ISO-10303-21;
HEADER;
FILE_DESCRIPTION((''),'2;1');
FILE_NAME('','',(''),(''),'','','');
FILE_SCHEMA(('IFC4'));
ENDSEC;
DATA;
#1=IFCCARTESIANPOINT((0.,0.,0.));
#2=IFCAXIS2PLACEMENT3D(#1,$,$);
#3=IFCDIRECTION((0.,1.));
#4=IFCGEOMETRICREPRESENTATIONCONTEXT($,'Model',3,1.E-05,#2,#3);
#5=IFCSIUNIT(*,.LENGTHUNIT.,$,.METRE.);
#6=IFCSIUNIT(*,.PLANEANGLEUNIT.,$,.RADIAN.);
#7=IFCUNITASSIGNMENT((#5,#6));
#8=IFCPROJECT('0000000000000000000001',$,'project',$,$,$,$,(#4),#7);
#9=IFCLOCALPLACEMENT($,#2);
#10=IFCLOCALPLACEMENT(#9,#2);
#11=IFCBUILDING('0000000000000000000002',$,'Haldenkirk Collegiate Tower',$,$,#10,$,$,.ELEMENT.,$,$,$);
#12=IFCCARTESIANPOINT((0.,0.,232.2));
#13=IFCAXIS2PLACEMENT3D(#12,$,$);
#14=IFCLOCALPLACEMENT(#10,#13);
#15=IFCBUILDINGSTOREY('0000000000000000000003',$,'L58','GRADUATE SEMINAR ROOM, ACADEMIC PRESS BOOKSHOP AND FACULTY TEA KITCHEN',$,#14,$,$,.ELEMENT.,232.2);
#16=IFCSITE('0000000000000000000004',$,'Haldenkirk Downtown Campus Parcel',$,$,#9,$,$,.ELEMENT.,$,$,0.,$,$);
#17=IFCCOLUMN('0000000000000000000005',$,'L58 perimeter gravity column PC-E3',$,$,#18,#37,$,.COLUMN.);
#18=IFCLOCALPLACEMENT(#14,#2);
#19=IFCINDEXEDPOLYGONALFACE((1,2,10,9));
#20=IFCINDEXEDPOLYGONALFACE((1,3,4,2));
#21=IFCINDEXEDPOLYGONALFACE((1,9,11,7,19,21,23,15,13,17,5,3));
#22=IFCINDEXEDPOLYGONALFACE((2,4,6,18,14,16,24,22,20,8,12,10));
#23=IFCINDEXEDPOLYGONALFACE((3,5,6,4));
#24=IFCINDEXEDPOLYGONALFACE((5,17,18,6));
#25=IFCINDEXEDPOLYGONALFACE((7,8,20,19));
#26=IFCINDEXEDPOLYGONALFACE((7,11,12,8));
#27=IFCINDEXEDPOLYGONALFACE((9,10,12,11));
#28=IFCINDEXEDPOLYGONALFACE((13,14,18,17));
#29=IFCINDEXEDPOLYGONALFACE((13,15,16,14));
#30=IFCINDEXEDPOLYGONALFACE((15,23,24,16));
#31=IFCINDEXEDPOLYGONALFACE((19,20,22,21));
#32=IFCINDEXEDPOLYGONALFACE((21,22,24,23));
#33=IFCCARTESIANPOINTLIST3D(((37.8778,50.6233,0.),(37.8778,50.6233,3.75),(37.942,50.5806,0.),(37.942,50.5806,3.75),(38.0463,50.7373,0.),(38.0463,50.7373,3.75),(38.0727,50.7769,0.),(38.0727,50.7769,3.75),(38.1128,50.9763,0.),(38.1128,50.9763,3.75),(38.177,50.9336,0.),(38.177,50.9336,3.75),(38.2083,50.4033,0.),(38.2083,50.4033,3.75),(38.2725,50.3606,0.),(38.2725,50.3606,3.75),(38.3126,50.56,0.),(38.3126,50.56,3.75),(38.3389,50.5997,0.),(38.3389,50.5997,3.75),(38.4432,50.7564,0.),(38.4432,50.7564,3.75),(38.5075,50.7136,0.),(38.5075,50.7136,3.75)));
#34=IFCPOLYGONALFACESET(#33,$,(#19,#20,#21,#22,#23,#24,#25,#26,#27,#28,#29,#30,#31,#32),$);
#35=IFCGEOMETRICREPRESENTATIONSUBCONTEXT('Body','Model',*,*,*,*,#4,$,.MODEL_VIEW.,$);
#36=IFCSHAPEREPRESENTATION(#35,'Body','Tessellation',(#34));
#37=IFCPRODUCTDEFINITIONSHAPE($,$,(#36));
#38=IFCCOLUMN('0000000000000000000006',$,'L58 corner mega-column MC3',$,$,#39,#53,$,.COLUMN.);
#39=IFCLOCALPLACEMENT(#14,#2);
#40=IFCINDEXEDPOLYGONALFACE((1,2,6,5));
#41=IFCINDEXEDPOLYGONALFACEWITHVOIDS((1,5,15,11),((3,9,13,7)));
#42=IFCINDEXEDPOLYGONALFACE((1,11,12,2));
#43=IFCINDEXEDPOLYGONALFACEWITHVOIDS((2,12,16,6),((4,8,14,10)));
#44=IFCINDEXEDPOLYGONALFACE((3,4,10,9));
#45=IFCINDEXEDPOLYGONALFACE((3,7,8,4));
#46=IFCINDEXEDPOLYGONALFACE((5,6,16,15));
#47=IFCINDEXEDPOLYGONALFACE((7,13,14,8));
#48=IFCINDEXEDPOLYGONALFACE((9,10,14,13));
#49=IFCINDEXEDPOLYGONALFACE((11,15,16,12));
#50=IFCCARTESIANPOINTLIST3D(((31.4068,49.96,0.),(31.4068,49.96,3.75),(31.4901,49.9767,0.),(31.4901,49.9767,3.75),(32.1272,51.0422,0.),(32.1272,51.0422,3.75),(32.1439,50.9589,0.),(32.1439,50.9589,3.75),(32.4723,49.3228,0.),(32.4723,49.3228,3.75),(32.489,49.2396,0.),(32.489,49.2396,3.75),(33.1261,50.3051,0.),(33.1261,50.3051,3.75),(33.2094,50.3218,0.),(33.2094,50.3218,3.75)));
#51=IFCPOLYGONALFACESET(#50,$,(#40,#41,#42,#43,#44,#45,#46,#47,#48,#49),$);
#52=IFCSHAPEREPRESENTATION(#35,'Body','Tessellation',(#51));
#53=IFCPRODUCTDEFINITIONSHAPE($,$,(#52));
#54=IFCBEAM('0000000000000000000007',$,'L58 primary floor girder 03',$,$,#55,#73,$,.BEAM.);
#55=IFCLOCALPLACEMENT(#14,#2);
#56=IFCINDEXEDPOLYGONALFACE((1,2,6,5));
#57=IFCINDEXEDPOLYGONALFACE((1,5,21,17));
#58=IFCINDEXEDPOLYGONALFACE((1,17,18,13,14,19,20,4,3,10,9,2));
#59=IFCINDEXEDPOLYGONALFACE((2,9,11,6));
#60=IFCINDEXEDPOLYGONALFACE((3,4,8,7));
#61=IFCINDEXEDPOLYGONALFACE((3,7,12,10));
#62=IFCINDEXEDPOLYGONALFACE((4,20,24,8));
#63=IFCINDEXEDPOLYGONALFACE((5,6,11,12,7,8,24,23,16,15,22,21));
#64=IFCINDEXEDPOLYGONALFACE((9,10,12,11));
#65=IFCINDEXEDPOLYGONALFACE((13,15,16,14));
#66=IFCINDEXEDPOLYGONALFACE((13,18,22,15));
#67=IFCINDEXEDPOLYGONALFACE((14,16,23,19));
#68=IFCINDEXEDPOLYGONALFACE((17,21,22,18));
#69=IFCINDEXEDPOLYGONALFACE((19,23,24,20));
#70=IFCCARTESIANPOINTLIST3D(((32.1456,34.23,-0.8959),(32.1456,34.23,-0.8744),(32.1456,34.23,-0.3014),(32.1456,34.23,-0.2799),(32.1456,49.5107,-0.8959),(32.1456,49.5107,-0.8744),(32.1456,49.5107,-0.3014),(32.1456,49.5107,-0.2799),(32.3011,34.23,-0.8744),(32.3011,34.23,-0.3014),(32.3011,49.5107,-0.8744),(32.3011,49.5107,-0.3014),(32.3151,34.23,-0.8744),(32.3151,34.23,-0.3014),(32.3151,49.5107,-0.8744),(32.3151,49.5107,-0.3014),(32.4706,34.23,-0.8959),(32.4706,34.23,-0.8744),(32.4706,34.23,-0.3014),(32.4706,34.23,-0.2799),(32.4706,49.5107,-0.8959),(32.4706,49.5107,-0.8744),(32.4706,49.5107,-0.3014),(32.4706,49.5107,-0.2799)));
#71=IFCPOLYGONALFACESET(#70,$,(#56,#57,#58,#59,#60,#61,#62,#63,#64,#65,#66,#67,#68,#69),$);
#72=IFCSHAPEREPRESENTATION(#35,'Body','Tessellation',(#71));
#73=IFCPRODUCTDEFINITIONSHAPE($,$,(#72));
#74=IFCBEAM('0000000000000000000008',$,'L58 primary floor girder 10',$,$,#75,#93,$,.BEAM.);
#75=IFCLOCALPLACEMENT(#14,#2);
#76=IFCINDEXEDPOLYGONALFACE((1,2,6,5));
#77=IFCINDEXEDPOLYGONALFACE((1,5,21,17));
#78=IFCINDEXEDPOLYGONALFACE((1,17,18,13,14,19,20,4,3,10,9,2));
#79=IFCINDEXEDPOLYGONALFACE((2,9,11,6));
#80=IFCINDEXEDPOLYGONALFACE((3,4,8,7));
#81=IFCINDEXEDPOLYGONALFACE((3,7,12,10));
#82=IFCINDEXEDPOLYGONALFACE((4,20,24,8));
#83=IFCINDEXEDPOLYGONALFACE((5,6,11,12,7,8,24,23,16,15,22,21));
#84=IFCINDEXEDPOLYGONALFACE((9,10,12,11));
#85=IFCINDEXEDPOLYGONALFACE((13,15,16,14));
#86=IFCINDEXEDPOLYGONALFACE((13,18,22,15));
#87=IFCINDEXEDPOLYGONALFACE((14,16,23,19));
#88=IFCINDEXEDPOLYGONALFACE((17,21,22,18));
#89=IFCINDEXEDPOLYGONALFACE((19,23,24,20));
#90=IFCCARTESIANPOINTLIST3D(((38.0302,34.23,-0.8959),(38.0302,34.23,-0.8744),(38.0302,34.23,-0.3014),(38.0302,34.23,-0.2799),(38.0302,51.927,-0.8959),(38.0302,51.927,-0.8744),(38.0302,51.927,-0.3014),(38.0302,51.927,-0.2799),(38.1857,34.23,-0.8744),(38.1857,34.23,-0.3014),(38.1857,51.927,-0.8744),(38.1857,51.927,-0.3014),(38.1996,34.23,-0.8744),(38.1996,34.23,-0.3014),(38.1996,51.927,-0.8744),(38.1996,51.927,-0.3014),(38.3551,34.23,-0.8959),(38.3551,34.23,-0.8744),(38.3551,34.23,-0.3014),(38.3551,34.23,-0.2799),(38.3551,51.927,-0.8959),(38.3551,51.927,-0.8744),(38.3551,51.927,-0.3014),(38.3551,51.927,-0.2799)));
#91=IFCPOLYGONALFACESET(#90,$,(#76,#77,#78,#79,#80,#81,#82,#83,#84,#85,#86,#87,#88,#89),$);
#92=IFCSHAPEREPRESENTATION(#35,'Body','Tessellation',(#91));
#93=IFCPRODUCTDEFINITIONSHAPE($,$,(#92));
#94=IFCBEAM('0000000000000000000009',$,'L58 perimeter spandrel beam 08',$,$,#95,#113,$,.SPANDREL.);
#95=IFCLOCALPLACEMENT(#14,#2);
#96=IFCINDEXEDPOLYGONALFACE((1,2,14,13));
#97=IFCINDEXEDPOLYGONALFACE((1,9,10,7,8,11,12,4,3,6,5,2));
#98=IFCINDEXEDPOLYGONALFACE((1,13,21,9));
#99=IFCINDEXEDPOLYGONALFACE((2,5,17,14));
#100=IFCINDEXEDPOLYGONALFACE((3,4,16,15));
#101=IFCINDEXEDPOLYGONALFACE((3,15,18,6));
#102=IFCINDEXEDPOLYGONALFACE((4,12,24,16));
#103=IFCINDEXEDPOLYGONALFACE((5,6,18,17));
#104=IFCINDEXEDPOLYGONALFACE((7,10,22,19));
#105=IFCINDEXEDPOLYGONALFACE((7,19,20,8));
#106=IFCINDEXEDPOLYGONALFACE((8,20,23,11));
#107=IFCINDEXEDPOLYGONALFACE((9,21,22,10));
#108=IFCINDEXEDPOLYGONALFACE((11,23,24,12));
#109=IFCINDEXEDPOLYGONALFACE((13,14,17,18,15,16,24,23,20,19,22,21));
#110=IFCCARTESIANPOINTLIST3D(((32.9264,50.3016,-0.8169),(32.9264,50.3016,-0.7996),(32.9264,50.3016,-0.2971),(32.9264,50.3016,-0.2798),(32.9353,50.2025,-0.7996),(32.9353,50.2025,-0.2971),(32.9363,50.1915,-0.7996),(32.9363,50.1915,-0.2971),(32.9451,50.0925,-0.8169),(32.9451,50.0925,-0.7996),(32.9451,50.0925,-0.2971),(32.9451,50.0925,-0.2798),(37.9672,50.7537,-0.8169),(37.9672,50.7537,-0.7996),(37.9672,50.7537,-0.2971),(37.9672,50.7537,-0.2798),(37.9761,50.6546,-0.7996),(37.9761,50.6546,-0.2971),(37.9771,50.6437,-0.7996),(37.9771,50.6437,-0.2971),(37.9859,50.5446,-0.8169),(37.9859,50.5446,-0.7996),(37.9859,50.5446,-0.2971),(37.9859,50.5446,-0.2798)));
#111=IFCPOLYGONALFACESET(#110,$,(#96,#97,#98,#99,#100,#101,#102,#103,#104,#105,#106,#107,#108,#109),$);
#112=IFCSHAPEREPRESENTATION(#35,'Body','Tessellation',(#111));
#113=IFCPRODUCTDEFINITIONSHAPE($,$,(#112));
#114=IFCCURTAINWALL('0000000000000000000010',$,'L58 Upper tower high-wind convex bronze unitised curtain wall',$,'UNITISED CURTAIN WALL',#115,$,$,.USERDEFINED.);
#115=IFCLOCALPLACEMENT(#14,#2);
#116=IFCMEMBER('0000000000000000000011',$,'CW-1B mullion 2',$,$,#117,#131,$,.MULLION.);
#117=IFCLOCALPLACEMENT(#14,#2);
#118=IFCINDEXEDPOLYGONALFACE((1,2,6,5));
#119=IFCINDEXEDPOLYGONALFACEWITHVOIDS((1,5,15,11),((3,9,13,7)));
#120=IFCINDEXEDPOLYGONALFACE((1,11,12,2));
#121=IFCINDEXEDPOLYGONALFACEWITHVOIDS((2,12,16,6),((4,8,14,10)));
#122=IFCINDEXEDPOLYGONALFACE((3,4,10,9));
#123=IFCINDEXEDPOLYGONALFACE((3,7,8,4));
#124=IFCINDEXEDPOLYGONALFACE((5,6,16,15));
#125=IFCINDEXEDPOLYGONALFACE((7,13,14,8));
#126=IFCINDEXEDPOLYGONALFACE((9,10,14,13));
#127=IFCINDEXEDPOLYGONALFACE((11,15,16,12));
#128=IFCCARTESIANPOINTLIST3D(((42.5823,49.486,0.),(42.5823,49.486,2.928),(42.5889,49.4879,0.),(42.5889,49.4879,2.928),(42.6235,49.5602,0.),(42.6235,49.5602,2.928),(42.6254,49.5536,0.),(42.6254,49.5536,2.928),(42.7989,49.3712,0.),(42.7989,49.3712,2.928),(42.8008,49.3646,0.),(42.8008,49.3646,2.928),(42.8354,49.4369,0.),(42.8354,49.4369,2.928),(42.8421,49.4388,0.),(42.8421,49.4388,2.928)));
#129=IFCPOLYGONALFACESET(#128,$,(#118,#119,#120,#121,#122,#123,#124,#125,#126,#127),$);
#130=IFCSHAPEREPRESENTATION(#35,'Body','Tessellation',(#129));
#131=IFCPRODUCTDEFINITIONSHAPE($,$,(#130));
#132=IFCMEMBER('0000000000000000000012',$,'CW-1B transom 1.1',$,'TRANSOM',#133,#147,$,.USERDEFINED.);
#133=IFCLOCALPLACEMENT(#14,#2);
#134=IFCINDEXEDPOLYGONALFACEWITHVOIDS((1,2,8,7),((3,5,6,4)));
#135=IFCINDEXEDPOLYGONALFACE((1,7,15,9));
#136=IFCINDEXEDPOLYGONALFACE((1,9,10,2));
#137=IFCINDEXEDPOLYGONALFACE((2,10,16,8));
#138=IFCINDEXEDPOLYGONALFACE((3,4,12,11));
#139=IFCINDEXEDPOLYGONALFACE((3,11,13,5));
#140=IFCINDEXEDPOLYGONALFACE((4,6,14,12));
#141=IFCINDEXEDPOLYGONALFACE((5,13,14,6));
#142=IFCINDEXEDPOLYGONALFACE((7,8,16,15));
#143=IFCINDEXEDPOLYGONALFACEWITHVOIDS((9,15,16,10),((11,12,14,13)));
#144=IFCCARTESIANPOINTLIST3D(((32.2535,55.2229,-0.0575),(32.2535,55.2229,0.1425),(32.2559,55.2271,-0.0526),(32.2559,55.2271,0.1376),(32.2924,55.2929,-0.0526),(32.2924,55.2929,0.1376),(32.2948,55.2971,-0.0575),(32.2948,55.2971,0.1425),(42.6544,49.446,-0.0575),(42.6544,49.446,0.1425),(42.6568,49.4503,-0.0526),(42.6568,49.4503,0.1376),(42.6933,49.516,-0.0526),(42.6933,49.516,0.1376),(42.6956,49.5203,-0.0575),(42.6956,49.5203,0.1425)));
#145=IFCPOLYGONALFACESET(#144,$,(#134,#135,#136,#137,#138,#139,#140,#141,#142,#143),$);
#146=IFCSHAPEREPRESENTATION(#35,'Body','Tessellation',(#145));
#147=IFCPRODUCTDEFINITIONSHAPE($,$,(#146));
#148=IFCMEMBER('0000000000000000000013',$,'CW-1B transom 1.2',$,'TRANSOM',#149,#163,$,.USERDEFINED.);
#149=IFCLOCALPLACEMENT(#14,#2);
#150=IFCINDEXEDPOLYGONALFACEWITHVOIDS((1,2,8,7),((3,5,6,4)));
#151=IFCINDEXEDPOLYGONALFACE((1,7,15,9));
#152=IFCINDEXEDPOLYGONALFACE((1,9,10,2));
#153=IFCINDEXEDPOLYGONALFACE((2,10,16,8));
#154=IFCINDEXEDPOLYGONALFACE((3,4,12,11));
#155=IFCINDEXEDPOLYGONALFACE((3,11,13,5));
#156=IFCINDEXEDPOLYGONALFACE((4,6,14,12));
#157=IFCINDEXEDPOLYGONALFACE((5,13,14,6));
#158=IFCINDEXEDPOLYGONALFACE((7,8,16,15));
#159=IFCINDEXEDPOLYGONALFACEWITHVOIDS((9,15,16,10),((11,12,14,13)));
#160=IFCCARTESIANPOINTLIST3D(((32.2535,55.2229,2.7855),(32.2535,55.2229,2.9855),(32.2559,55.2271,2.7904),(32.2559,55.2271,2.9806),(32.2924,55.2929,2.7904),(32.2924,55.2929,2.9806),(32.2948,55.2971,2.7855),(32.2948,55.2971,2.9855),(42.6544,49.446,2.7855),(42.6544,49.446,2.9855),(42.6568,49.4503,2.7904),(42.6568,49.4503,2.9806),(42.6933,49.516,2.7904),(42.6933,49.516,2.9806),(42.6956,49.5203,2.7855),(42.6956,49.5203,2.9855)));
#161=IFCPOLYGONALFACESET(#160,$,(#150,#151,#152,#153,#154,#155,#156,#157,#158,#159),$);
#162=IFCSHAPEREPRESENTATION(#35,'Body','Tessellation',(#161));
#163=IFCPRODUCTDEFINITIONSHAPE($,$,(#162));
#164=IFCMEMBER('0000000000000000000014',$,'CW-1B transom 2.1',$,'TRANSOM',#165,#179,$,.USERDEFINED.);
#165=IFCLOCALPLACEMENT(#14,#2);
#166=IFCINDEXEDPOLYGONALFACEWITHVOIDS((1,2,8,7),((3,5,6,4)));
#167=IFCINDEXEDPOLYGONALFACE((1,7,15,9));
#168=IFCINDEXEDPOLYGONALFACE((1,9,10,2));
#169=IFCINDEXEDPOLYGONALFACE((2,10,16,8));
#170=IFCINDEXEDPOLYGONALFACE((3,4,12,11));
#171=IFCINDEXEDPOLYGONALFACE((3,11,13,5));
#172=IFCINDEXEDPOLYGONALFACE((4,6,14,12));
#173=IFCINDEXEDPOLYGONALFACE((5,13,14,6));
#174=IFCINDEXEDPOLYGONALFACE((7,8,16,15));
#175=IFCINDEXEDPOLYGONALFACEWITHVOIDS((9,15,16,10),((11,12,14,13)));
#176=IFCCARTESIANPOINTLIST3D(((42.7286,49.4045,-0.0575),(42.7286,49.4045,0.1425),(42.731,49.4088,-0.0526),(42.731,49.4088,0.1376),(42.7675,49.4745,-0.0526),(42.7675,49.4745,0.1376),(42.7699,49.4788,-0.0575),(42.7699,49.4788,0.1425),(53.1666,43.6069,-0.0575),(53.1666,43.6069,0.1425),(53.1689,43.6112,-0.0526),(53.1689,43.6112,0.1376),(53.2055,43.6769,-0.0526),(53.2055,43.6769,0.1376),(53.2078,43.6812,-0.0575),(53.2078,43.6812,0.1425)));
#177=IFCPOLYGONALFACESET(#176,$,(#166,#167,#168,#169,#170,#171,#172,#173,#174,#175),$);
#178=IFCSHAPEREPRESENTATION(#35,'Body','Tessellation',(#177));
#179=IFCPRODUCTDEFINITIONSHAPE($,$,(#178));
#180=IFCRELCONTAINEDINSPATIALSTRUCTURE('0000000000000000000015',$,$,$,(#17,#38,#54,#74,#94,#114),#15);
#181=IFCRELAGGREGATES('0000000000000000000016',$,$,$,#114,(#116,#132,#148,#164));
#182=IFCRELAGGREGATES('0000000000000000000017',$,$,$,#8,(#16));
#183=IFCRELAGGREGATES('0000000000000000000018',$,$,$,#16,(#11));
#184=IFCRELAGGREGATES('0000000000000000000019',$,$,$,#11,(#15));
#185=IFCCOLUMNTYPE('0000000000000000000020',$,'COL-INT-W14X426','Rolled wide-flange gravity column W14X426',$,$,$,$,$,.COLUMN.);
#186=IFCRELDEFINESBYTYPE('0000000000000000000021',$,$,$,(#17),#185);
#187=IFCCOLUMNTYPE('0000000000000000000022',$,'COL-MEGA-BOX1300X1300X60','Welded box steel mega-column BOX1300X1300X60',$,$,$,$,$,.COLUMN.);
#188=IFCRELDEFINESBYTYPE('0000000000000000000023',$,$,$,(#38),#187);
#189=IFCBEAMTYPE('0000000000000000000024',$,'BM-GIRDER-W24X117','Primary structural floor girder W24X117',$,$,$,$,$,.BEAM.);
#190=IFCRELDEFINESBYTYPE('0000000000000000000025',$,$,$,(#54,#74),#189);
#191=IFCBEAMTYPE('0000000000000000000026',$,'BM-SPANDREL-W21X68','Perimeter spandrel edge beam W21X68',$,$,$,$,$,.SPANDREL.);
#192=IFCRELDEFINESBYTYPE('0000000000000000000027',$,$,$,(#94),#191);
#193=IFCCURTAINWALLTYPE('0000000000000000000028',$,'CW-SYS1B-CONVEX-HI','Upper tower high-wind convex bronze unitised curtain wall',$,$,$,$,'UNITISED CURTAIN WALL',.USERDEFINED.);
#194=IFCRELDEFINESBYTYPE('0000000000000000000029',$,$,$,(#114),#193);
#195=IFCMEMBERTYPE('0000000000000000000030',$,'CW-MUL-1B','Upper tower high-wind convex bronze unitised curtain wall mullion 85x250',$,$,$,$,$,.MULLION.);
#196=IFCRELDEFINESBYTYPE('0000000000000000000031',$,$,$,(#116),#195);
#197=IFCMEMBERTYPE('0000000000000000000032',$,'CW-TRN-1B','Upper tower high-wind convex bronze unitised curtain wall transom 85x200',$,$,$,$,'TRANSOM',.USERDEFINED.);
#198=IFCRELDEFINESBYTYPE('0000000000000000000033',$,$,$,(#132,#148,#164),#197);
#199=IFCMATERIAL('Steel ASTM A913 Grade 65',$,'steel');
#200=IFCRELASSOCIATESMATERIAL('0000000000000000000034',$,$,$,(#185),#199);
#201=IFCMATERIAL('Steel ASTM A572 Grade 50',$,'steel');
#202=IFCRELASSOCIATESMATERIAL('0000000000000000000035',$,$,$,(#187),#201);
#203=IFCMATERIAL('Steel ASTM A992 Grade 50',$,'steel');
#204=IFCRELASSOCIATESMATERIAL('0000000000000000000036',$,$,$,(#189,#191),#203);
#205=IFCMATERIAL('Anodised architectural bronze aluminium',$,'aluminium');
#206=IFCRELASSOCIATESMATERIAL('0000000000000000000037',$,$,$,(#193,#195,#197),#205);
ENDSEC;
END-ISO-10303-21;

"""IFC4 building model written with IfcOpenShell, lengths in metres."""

from ifc_helpers import new_model, si_unit, direction, frame, origin, origin_2d, place, context, subcontext, project, spatial, hollow_rectangle, i_section, extrude, material, material_profile, profile_set, type_object, element, aggregate, save


model = new_model("IFC4")

# Units and contexts
model_context = context("Model", 3, precision=1e-05, world=origin(), true_north=direction((0.0, 1.0)))
body_context = subcontext(model_context, "Body", "Model", "MODEL_VIEW")
ifc_project = project(units=[si_unit("LENGTHUNIT", "METRE"), si_unit("PLANEANGLEUNIT", "RADIAN")], contexts=[model_context])

# Site, building, storey
site_placement = place(None, origin())
site = spatial("IfcSite", under=ifc_project, at=site_placement, Name="Haldenkirk Downtown Campus Parcel", CompositionType="ELEMENT", RefElevation=0.0)
building_placement = place(site_placement, origin())
building = spatial("IfcBuilding", under=site, at=building_placement, Name="Haldenkirk Collegiate Tower", CompositionType="ELEMENT")
storey_placement = place(building_placement, frame((0.0, 0.0, 232.2)))
storey = spatial("IfcBuildingStorey", under=building, at=storey_placement, Name="L58", Description="GRADUATE SEMINAR ROOM, ACADEMIC PRESS BOOKSHOP AND FACULTY TEA KITCHEN", CompositionType="ELEMENT", Elevation=232.2)

# Columns
ifc_material_1 = material(Name="Steel ASTM A913 Grade 65", Category="steel")
ifc_material_profile_1 = material_profile(ifc_material_1, i_section(OverallWidth=0.4241, OverallDepth=0.4741, WebThickness=0.0476, FlangeThickness=0.0771, at=origin_2d()), Name="W14X426")
ifc_profile_set_1 = profile_set([ifc_material_profile_1], Name="Steel ASTM A913 Grade 65")
column_type_1 = type_object("IfcColumnType", Name="COL-INT-W14X426", Description="Rolled wide-flange gravity column W14X426", PredefinedType="COLUMN", material=ifc_profile_set_1)
column_1_placement = place(storey_placement, frame((38.1926, 50.6685, 0.0), z_axis=(0.0, 0.0, 1.0), x_axis=(0.554118, 0.832438, 0.0)))
element("IfcColumn", 1, at=column_1_placement, inside=storey, type_object=column_type_1, Name="L58 perimeter gravity column PC-E3", PredefinedType="COLUMN", context=body_context, shape_type="SweptSolid", body=[
    extrude(i_section(OverallWidth=0.4241, OverallDepth=0.4741, WebThickness=0.0476, FlangeThickness=0.0771, at=origin_2d()), origin(), (0.0, 0.0, 1.0), 3.75),
])
ifc_material_2 = material(Name="Steel ASTM A572 Grade 50", Category="steel")
ifc_material_profile_2 = material_profile(ifc_material_2, hollow_rectangle(XDim=1.3, YDim=1.3, WallThickness=0.0601, at=origin_2d()), Name="BOX1300X1300X60")
ifc_profile_set_2 = profile_set([ifc_material_profile_2], Name="Steel ASTM A572 Grade 50")
column_type_2 = type_object("IfcColumnType", Name="COL-MEGA-BOX1300X1300X60", Description="Welded box steel mega-column BOX1300X1300X60", PredefinedType="COLUMN", material=ifc_profile_set_2)
column_2_placement = place(storey_placement, frame((32.3081, 50.1409, 0.0), z_axis=(0.0, 0.0, 1.0), x_axis=(0.554118, 0.832438, 0.0)))
element("IfcColumn", 2, at=column_2_placement, inside=storey, type_object=column_type_2, Name="L58 corner mega-column MC3", PredefinedType="COLUMN", context=body_context, shape_type="SweptSolid", body=[
    extrude(hollow_rectangle(XDim=1.3, YDim=1.3, WallThickness=0.0601, at=origin_2d()), origin(), (0.0, 0.0, 1.0), 3.75),
])

# Beams
ifc_material_3 = material(Name="Steel ASTM A992 Grade 50", Category="steel")
ifc_material_profile_3 = material_profile(ifc_material_3, i_section(OverallWidth=0.325, OverallDepth=0.616, WebThickness=0.0139, FlangeThickness=0.0215, at=origin_2d()), Name="W24X117")
ifc_profile_set_3 = profile_set([ifc_material_profile_3], Name="Steel ASTM A992 Grade 50")
beam_type_1 = type_object("IfcBeamType", Name="BM-GIRDER-W24X117", Description="Primary structural floor girder W24X117", PredefinedType="BEAM", material=ifc_profile_set_3)
beam_1_placement = place(storey_placement, frame((32.3081, 49.5107, -0.5879), z_axis=(0.0, -1.0, 0.0), x_axis=(1.0, 0.0, 0.0)))
element("IfcBeam", 3, at=beam_1_placement, inside=storey, type_object=beam_type_1, Name="L58 primary floor girder 03", PredefinedType="BEAM", context=body_context, shape_type="SweptSolid", body=[
    extrude(i_section(OverallWidth=0.325, OverallDepth=0.616, WebThickness=0.0139, FlangeThickness=0.0215, at=origin_2d()), origin(), (0.0, 0.0, 1.0), 15.2808),
])
beam_2_placement = place(storey_placement, frame((38.1926, 51.927, -0.5879), z_axis=(0.0, -1.0, 0.0), x_axis=(1.0, 0.0, 0.0)))
element("IfcBeam", 4, at=beam_2_placement, inside=storey, type_object=beam_type_1, Name="L58 primary floor girder 10", PredefinedType="BEAM", context=body_context, shape_type="SweptSolid", body=[
    extrude(i_section(OverallWidth=0.325, OverallDepth=0.616, WebThickness=0.0139, FlangeThickness=0.0215, at=origin_2d()), origin(), (0.0, 0.0, 1.0), 17.697),
])
ifc_material_profile_4 = material_profile(ifc_material_3, i_section(OverallWidth=0.21, OverallDepth=0.5371, WebThickness=0.011, FlangeThickness=0.0173, at=origin_2d()), Name="W21X68")
ifc_profile_set_4 = profile_set([ifc_material_profile_4], Name="Steel ASTM A992 Grade 50")
beam_type_2 = type_object("IfcBeamType", Name="BM-SPANDREL-W21X68", Description="Perimeter spandrel edge beam W21X68", PredefinedType="SPANDREL", material=ifc_profile_set_4)
beam_3_placement = place(storey_placement, frame((37.9766, 50.6492, -0.5483), z_axis=(-0.996001, -0.08934, 0.0), x_axis=(0.08934, -0.996001, 0.0)))
element("IfcBeam", 5, at=beam_3_placement, inside=storey, type_object=beam_type_2, Name="L58 perimeter spandrel beam 08", PredefinedType="SPANDREL", context=body_context, shape_type="SweptSolid", body=[
    extrude(i_section(OverallWidth=0.21, OverallDepth=0.5371, WebThickness=0.011, FlangeThickness=0.0173, at=origin_2d()), origin(), (0.0, 0.0, 1.0), 5.061),
])

# Curtain wall, members
ifc_material_4 = material(Name="Anodised architectural bronze aluminium", Category="aluminium")
curtain_wall_type = type_object("IfcCurtainWallType", Name="CW-SYS1B-CONVEX-HI", Description="Upper tower high-wind convex bronze unitised curtain wall", ElementType="UNITISED CURTAIN WALL", PredefinedType="USERDEFINED", material=ifc_material_4)
curtain_wall_placement = place(storey_placement, origin())
curtain_wall = element("IfcCurtainWall", 6, at=curtain_wall_placement, inside=storey, type_object=curtain_wall_type, Name="L58 Upper tower high-wind convex bronze unitised curtain wall", ObjectType="UNITISED CURTAIN WALL", PredefinedType="USERDEFINED")
ifc_material_profile_5 = material_profile(ifc_material_4, hollow_rectangle(XDim=0.085, YDim=0.25, WallThickness=0.0049, at=origin_2d()), Name="CW-MUL-1B")
ifc_profile_set_5 = profile_set([ifc_material_profile_5], Name="Anodised architectural bronze aluminium")
member_type_1 = type_object("IfcMemberType", Name="CW-MUL-1B", Description="Upper tower high-wind convex bronze unitised curtain wall mullion 85x250", PredefinedType="MULLION", material=ifc_profile_set_5)
member_1_placement = place(storey_placement, frame((42.7122, 49.4624, 0.0), z_axis=(0.0, 0.0, 1.0), x_axis=(0.485572, 0.874196, 0.0)))
member_1 = element("IfcMember", 7, at=member_1_placement, type_object=member_type_1, Name="CW-1B mullion 2", PredefinedType="MULLION", context=body_context, shape_type="SweptSolid", body=[
    extrude(hollow_rectangle(XDim=0.085, YDim=0.25, WallThickness=0.0049, at=origin_2d()), origin(), (0.0, 0.0, 1.0), 2.928),
])
ifc_material_profile_6 = material_profile(ifc_material_4, hollow_rectangle(XDim=0.085, YDim=0.2, WallThickness=0.0049, at=origin_2d()), Name="CW-TRN-1B")
ifc_profile_set_6 = profile_set([ifc_material_profile_6], Name="Anodised architectural bronze aluminium")
member_type_2 = type_object("IfcMemberType", Name="CW-TRN-1B", Description="Upper tower high-wind convex bronze unitised curtain wall transom 85x200", ElementType="TRANSOM", PredefinedType="USERDEFINED", material=ifc_profile_set_6)
member_2_placement = place(storey_placement, frame((32.2742, 55.26, 0.0425), z_axis=(0.874208, -0.485552, 0.0), x_axis=(0.485552, 0.874208, 0.0)))
member_2 = element("IfcMember", 8, at=member_2_placement, type_object=member_type_2, Name="CW-1B transom 1.1", ObjectType="TRANSOM", PredefinedType="USERDEFINED", context=body_context, shape_type="SweptSolid", body=[
    extrude(hollow_rectangle(XDim=0.085, YDim=0.2, WallThickness=0.0049, at=origin_2d()), origin(), (0.0, 0.0, 1.0), 11.8975),
])
member_3_placement = place(storey_placement, frame((32.2742, 55.26, 2.8855), z_axis=(0.874208, -0.485552, 0.0), x_axis=(0.485552, 0.874208, 0.0)))
member_3 = element("IfcMember", 9, at=member_3_placement, type_object=member_type_2, Name="CW-1B transom 1.2", ObjectType="TRANSOM", PredefinedType="USERDEFINED", context=body_context, shape_type="SweptSolid", body=[
    extrude(hollow_rectangle(XDim=0.085, YDim=0.2, WallThickness=0.0049, at=origin_2d()), origin(), (0.0, 0.0, 1.0), 11.8975),
])
member_4_placement = place(storey_placement, frame((42.7493, 49.4417, 0.0425), z_axis=(0.874203, -0.485561, 0.0), x_axis=(0.485561, 0.874203, 0.0)))
member_4 = element("IfcMember", 10, at=member_4_placement, type_object=member_type_2, Name="CW-1B transom 2.1", ObjectType="TRANSOM", PredefinedType="USERDEFINED", context=body_context, shape_type="SweptSolid", body=[
    extrude(hollow_rectangle(XDim=0.085, YDim=0.2, WallThickness=0.0049, at=origin_2d()), origin(), (0.0, 0.0, 1.0), 11.9399),
])
aggregate(curtain_wall, [member_1, member_2, member_3, member_4])

save(model, "model.ifc")
